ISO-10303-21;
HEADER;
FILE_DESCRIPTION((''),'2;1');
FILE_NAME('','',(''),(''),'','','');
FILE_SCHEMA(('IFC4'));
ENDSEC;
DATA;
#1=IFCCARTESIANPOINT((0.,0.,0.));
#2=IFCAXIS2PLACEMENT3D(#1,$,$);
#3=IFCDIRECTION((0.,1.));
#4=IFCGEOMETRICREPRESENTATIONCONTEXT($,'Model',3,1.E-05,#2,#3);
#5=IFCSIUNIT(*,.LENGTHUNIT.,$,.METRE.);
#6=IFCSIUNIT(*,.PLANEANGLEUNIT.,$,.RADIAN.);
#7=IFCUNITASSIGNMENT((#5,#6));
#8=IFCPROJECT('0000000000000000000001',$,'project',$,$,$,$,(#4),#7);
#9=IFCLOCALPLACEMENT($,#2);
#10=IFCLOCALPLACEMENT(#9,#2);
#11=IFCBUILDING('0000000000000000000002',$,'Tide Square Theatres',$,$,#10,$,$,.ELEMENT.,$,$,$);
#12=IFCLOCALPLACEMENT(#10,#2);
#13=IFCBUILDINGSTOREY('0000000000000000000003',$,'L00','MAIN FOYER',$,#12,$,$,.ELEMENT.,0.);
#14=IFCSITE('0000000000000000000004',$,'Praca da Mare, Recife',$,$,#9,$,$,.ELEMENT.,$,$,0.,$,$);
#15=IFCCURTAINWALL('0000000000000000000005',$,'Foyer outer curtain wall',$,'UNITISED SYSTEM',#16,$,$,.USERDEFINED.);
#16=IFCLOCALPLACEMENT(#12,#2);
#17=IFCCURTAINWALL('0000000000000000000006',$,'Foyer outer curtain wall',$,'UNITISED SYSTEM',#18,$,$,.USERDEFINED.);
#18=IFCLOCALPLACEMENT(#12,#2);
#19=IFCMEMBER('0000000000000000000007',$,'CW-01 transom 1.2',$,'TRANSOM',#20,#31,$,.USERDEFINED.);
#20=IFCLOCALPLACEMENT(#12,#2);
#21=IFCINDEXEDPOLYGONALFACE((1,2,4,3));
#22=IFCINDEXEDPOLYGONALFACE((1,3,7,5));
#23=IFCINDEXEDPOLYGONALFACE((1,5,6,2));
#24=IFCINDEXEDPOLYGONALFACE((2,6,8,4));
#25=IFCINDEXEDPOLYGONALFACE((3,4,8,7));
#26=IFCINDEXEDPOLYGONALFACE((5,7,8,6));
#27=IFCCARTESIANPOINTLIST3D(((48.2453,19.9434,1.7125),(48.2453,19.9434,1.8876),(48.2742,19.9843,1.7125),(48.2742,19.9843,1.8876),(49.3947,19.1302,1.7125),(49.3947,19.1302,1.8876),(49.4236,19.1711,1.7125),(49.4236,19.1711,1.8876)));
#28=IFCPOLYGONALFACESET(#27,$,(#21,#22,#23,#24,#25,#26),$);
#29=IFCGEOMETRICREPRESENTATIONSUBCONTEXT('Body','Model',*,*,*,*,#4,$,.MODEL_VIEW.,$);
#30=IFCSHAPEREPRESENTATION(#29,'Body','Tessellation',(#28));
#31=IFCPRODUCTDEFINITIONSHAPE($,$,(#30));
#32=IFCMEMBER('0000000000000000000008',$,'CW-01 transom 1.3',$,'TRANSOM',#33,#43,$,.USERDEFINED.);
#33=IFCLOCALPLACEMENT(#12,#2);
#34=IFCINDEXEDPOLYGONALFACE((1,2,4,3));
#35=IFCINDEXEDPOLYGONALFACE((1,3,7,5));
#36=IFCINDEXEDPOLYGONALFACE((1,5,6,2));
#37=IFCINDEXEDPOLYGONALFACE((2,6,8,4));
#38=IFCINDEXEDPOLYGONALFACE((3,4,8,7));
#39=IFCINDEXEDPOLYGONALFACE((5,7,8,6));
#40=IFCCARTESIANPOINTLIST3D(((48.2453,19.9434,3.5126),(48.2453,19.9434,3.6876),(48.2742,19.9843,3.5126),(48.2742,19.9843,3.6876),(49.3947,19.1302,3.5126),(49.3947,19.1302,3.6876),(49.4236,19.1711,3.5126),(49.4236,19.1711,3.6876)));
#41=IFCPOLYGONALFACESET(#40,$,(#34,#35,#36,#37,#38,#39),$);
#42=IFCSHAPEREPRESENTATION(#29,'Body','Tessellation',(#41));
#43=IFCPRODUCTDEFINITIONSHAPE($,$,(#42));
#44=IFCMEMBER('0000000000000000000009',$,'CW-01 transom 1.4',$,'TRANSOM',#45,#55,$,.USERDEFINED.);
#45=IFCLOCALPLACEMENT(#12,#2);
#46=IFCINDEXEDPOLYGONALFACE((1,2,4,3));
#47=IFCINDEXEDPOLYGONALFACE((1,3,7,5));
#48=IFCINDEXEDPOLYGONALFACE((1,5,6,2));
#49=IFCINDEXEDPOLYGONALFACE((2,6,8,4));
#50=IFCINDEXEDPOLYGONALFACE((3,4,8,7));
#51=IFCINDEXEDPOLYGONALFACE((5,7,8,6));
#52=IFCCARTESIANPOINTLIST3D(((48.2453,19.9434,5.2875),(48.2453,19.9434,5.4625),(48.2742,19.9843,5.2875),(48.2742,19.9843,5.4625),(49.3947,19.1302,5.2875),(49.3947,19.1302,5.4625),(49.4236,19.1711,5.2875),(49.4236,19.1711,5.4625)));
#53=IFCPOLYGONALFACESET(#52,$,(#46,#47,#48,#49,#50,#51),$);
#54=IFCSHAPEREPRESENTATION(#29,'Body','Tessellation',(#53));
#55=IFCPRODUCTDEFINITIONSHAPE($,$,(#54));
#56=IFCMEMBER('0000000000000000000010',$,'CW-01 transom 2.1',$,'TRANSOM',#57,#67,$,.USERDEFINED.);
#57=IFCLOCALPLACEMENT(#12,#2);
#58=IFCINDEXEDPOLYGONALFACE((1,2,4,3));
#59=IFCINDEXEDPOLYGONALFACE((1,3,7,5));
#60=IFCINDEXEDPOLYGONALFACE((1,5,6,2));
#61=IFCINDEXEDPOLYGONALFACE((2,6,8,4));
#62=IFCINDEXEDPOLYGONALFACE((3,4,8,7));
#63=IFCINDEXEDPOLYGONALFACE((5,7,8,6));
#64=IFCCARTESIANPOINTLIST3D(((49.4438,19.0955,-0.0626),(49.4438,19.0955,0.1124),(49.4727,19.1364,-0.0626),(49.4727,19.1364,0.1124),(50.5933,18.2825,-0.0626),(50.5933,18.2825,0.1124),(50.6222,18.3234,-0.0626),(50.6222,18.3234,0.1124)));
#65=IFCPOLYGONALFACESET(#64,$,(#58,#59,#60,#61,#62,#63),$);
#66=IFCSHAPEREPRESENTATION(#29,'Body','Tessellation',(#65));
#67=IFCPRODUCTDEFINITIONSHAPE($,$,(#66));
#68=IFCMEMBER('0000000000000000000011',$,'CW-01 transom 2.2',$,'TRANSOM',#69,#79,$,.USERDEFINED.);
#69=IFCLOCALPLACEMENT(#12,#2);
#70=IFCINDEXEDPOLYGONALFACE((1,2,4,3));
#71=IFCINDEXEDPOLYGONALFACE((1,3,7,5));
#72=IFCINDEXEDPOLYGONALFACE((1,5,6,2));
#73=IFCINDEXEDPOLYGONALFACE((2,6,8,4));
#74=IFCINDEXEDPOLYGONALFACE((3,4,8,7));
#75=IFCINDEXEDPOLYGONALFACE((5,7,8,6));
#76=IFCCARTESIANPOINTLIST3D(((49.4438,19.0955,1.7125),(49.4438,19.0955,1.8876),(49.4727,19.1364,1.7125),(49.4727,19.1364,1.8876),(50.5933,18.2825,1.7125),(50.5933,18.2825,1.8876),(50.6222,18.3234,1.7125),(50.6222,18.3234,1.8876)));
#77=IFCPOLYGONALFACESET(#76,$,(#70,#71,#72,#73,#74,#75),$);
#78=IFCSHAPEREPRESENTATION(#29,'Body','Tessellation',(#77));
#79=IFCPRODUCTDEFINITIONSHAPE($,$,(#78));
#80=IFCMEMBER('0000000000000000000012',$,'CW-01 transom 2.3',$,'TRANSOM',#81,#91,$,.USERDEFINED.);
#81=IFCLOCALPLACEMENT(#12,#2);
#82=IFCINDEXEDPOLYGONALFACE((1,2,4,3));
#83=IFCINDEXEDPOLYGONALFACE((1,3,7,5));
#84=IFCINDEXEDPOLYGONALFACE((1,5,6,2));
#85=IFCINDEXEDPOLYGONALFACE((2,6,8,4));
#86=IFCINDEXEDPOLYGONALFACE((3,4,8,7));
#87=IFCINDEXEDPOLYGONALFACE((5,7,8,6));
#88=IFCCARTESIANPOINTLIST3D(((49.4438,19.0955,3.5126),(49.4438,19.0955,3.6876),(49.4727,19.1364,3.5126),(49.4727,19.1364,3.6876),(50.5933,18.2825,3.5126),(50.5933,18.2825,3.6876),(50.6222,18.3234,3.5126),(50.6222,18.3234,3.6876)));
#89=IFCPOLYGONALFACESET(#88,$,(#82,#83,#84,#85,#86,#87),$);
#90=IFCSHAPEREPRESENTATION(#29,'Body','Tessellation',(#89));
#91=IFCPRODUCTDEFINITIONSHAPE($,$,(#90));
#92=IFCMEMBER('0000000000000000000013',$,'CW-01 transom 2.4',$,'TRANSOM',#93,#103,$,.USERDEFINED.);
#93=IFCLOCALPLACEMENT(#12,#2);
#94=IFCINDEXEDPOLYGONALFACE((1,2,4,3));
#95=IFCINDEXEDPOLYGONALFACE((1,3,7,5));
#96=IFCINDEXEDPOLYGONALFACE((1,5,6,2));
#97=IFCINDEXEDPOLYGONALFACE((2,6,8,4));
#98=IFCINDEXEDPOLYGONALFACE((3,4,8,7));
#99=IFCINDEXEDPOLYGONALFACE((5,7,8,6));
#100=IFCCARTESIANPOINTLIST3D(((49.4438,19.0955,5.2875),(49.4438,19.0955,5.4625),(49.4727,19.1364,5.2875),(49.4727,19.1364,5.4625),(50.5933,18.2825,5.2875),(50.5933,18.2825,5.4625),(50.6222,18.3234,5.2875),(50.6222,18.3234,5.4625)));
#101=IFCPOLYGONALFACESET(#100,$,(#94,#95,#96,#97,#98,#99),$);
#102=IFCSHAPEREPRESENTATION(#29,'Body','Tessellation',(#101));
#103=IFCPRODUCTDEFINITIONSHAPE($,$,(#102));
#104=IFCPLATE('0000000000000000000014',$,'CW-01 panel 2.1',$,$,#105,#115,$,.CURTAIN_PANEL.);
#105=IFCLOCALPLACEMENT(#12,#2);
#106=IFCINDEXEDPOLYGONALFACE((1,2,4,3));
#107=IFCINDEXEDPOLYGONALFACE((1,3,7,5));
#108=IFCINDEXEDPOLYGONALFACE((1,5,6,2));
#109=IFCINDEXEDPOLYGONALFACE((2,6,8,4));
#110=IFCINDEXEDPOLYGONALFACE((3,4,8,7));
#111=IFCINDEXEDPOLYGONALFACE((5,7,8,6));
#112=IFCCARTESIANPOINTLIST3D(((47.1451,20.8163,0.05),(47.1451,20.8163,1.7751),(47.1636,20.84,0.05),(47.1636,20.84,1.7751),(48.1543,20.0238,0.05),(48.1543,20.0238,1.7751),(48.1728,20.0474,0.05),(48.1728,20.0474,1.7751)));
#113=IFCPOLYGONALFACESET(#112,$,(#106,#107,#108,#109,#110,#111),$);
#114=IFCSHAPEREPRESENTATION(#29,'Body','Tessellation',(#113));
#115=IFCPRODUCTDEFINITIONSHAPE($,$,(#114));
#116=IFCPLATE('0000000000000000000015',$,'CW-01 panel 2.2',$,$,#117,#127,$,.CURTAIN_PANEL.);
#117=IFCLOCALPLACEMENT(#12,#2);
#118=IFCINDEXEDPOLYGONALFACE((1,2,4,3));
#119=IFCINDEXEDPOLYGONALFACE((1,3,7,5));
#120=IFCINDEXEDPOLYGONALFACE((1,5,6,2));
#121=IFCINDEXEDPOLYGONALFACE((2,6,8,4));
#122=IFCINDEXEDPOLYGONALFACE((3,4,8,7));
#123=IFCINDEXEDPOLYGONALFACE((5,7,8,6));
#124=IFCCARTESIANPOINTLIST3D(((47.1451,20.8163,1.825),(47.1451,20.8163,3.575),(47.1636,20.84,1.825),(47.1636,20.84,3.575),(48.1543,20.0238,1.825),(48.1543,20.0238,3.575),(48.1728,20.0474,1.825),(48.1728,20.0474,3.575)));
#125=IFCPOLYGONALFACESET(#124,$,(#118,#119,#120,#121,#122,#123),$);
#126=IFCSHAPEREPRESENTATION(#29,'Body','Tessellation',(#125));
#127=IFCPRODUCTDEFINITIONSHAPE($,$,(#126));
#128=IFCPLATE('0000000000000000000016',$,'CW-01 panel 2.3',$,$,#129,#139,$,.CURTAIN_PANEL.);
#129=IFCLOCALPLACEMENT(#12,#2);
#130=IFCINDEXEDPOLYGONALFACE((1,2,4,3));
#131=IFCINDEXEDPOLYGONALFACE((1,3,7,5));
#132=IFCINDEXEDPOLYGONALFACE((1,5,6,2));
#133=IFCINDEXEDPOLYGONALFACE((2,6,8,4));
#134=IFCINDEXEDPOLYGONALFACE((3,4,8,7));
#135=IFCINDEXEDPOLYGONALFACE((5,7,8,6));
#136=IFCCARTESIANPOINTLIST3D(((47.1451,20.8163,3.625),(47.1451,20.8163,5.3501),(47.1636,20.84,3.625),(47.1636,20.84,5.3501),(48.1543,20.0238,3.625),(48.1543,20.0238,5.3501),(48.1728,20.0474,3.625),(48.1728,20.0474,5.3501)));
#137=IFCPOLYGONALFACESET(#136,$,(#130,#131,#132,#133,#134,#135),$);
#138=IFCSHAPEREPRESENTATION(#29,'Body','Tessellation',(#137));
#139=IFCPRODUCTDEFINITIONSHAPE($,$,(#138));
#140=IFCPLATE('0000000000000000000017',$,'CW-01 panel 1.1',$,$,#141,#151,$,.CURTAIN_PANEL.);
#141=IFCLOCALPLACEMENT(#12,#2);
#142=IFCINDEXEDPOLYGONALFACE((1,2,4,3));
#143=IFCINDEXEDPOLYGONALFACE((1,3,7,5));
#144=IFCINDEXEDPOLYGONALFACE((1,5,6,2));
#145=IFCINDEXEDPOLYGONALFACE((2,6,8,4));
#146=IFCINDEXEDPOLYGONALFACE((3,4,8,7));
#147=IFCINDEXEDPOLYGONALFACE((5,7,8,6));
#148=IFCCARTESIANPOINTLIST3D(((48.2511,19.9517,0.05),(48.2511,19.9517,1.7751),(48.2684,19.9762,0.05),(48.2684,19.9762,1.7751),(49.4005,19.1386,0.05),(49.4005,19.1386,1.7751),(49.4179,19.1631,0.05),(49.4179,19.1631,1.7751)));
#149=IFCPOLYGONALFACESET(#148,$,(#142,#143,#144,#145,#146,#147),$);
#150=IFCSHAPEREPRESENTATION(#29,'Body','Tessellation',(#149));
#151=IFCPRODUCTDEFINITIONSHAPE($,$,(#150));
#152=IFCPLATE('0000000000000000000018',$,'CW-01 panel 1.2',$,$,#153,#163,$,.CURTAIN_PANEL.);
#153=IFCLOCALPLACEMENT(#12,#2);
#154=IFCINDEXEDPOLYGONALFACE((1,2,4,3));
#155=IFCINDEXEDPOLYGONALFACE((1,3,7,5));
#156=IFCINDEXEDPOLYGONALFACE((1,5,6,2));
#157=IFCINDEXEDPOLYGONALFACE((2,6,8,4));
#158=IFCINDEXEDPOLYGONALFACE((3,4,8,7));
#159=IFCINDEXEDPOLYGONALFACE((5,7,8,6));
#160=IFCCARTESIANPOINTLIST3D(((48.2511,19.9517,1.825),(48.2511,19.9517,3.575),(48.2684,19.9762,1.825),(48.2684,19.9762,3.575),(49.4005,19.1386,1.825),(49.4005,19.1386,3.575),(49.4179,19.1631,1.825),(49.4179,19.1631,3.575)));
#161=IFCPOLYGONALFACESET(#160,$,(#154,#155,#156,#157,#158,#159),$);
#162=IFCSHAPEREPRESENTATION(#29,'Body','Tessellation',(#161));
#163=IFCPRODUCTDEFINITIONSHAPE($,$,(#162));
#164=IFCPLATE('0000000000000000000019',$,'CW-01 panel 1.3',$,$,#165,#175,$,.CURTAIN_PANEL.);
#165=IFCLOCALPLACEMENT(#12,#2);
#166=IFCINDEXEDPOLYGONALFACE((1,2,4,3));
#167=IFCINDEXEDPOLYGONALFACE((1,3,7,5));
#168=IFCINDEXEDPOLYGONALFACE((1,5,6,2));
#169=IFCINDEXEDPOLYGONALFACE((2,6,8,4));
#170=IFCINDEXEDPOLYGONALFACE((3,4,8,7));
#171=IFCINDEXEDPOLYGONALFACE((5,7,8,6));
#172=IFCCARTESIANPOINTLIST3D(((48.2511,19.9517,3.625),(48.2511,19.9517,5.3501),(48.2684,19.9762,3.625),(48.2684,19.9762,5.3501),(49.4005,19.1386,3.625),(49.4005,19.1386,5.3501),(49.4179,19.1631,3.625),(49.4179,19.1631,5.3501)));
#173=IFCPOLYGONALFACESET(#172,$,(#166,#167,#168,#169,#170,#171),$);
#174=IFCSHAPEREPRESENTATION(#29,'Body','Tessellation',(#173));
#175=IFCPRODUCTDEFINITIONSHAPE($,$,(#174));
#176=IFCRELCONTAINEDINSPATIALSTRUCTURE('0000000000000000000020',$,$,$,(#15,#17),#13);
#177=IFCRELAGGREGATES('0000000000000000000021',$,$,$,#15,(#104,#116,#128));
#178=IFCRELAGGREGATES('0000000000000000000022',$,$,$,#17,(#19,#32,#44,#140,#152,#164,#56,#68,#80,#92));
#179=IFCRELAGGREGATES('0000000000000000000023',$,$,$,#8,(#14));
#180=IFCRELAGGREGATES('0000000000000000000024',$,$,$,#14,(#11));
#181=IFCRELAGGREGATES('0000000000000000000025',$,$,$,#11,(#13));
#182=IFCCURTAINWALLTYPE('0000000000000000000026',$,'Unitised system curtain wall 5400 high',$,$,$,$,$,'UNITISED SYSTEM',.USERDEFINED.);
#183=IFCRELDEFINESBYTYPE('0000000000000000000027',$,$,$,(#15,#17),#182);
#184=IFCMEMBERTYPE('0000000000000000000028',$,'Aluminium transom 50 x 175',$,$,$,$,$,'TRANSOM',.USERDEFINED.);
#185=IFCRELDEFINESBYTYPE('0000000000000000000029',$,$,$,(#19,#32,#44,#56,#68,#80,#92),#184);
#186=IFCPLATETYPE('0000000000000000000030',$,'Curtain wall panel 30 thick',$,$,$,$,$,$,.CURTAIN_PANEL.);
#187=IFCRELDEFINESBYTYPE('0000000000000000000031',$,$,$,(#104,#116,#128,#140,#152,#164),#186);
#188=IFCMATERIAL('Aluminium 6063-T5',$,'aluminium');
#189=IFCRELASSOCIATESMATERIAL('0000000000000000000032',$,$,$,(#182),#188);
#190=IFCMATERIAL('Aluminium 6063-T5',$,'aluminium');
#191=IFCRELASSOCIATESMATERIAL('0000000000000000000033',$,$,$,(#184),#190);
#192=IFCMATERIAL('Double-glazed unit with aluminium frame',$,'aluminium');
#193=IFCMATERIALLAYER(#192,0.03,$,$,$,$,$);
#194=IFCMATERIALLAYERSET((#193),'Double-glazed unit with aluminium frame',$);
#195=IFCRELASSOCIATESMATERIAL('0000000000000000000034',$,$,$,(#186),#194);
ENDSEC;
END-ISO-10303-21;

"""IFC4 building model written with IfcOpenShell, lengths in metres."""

from ifc_helpers import new_model, si_unit, direction, frame, origin, origin_2d, place, context, subcontext, project, spatial, rectangle, extrude, material, layer, layer_set, material_profile, profile_set, type_object, element, aggregate, save


model = new_model("IFC4")

# Units and contexts
model_context = context("Model", 3, precision=1e-05, world=origin(), true_north=direction((0.0, 1.0)))
body_context = subcontext(model_context, "Body", "Model", "MODEL_VIEW")
ifc_project = project(units=[si_unit("LENGTHUNIT", "METRE"), si_unit("PLANEANGLEUNIT", "RADIAN")], contexts=[model_context])

# Site, building, storey
site_placement = place(None, origin())
site = spatial("IfcSite", under=ifc_project, at=site_placement, Name="Praca da Mare, Recife", CompositionType="ELEMENT", RefElevation=0.0)
building_placement = place(site_placement, origin())
building = spatial("IfcBuilding", under=site, at=building_placement, Name="Tide Square Theatres", CompositionType="ELEMENT")
storey_placement = place(building_placement, origin())
storey = spatial("IfcBuildingStorey", under=building, at=storey_placement, Name="L00", Description="MAIN FOYER", CompositionType="ELEMENT", Elevation=0.0)

# Curtain walls
ifc_material_1 = material(Name="Aluminium 6063-T5", Category="aluminium")
curtain_wall_type = type_object("IfcCurtainWallType", Name="Unitised system curtain wall 5400 high", ElementType="UNITISED SYSTEM", PredefinedType="USERDEFINED", material=ifc_material_1)
curtain_wall_1_placement = place(storey_placement, origin())
curtain_wall_1 = element("IfcCurtainWall", 1, at=curtain_wall_1_placement, inside=storey, type_object=curtain_wall_type, Name="Foyer outer curtain wall", ObjectType="UNITISED SYSTEM", PredefinedType="USERDEFINED")
curtain_wall_2_placement = place(storey_placement, origin())
curtain_wall_2 = element("IfcCurtainWall", 2, at=curtain_wall_2_placement, inside=storey, type_object=curtain_wall_type, Name="Foyer outer curtain wall", ObjectType="UNITISED SYSTEM", PredefinedType="USERDEFINED")

# Members
ifc_material_2 = material(Name="Aluminium 6063-T5", Category="aluminium")
ifc_material_profile_1 = material_profile(ifc_material_2, rectangle(XDim=0.05, YDim=0.175, at=origin_2d()))
ifc_profile_set_1 = profile_set([ifc_material_profile_1], Name="Aluminium 6063-T5")
member_type_1 = type_object("IfcMemberType", Name="Aluminium transom 50 x 175", ElementType="TRANSOM", PredefinedType="USERDEFINED", material=ifc_profile_set_1)
member_1_placement = place(storey_placement, frame((48.2598, 19.9639, 1.8), z_axis=(0.816338, -0.577575, 0.0), x_axis=(0.577575, 0.816338, 0.0)))
member_1 = element("IfcMember", 3, at=member_1_placement, type_object=member_type_1, Name="CW-01 transom 1.2", ObjectType="TRANSOM", PredefinedType="USERDEFINED", context=body_context, shape_type="SweptSolid", body=[
    extrude(rectangle(XDim=0.05, YDim=0.175, at=origin_2d()), origin(), (0.0, 0.0, 1.0), 1.408),
])
member_2_placement = place(storey_placement, frame((48.2598, 19.9639, 3.6001), z_axis=(0.816338, -0.577575, 0.0), x_axis=(0.577575, 0.816338, 0.0)))
member_2 = element("IfcMember", 4, at=member_2_placement, type_object=member_type_1, Name="CW-01 transom 1.3", ObjectType="TRANSOM", PredefinedType="USERDEFINED", context=body_context, shape_type="SweptSolid", body=[
    extrude(rectangle(XDim=0.05, YDim=0.175, at=origin_2d()), origin(), (0.0, 0.0, 1.0), 1.408),
])
member_3_placement = place(storey_placement, frame((48.2598, 19.9639, 5.375), z_axis=(0.816338, -0.577575, 0.0), x_axis=(0.577575, 0.816338, 0.0)))
member_3 = element("IfcMember", 5, at=member_3_placement, type_object=member_type_1, Name="CW-01 transom 1.4", ObjectType="TRANSOM", PredefinedType="USERDEFINED", context=body_context, shape_type="SweptSolid", body=[
    extrude(rectangle(XDim=0.05, YDim=0.175, at=origin_2d()), origin(), (0.0, 0.0, 1.0), 1.408),
])
member_4_placement = place(storey_placement, frame((49.4583, 19.116, 0.0249), z_axis=(0.81642, -0.577459, 0.0), x_axis=(0.577459, 0.81642, 0.0)))
member_4 = element("IfcMember", 6, at=member_4_placement, type_object=member_type_1, Name="CW-01 transom 2.1", ObjectType="TRANSOM", PredefinedType="USERDEFINED", context=body_context, shape_type="SweptSolid", body=[
    extrude(rectangle(XDim=0.05, YDim=0.175, at=origin_2d()), origin(), (0.0, 0.0, 1.0), 1.408),
])
member_5_placement = place(storey_placement, frame((49.4583, 19.116, 1.8), z_axis=(0.81642, -0.577459, 0.0), x_axis=(0.577459, 0.81642, 0.0)))
member_5 = element("IfcMember", 7, at=member_5_placement, type_object=member_type_1, Name="CW-01 transom 2.2", ObjectType="TRANSOM", PredefinedType="USERDEFINED", context=body_context, shape_type="SweptSolid", body=[
    extrude(rectangle(XDim=0.05, YDim=0.175, at=origin_2d()), origin(), (0.0, 0.0, 1.0), 1.408),
])
member_6_placement = place(storey_placement, frame((49.4583, 19.116, 3.6001), z_axis=(0.81642, -0.577459, 0.0), x_axis=(0.577459, 0.81642, 0.0)))
member_6 = element("IfcMember", 8, at=member_6_placement, type_object=member_type_1, Name="CW-01 transom 2.3", ObjectType="TRANSOM", PredefinedType="USERDEFINED", context=body_context, shape_type="SweptSolid", body=[
    extrude(rectangle(XDim=0.05, YDim=0.175, at=origin_2d()), origin(), (0.0, 0.0, 1.0), 1.408),
])
member_7_placement = place(storey_placement, frame((49.4583, 19.116, 5.375), z_axis=(0.81642, -0.577459, 0.0), x_axis=(0.577459, 0.81642, 0.0)))
member_7 = element("IfcMember", 9, at=member_7_placement, type_object=member_type_1, Name="CW-01 transom 2.4", ObjectType="TRANSOM", PredefinedType="USERDEFINED", context=body_context, shape_type="SweptSolid", body=[
    extrude(rectangle(XDim=0.05, YDim=0.175, at=origin_2d()), origin(), (0.0, 0.0, 1.0), 1.408),
])

# Plates
ifc_material_3 = material(Name="Double-glazed unit with aluminium frame", Category="aluminium")
ifc_layer_1 = layer(ifc_material_3, 0.03)
ifc_layer_set_1 = layer_set([ifc_layer_1], Name="Double-glazed unit with aluminium frame")
plate_type = type_object("IfcPlateType", Name="Curtain wall panel 30 thick", PredefinedType="CURTAIN_PANEL", material=ifc_layer_set_1)
plate_1_placement = place(storey_placement, frame((47.6589, 20.4319, 0.05), z_axis=(0.0, 0.0, 1.0), x_axis=(0.786485, -0.617609, 0.0)))
plate_1 = element("IfcPlate", 10, at=plate_1_placement, type_object=plate_type, Name="CW-01 panel 2.1", PredefinedType="CURTAIN_PANEL", context=body_context, shape_type="SweptSolid", body=[
    extrude(rectangle(XDim=1.2832, YDim=0.03, at=origin_2d()), origin(), (0.0, 0.0, 1.0), 1.7251),
])
plate_2_placement = place(storey_placement, frame((47.6589, 20.4319, 1.825), z_axis=(0.0, 0.0, 1.0), x_axis=(0.786485, -0.617609, 0.0)))
plate_2 = element("IfcPlate", 11, at=plate_2_placement, type_object=plate_type, Name="CW-01 panel 2.2", PredefinedType="CURTAIN_PANEL", context=body_context, shape_type="SweptSolid", body=[
    extrude(rectangle(XDim=1.2832, YDim=0.03, at=origin_2d()), origin(), (0.0, 0.0, 1.0), 1.75),
])
plate_3_placement = place(storey_placement, frame((47.6589, 20.4319, 3.625), z_axis=(0.0, 0.0, 1.0), x_axis=(0.786485, -0.617609, 0.0)))
plate_3 = element("IfcPlate", 12, at=plate_3_placement, type_object=plate_type, Name="CW-01 panel 2.3", PredefinedType="CURTAIN_PANEL", context=body_context, shape_type="SweptSolid", body=[
    extrude(rectangle(XDim=1.2832, YDim=0.03, at=origin_2d()), origin(), (0.0, 0.0, 1.0), 1.7251),
])
aggregate(curtain_wall_1, [plate_1, plate_2, plate_3])
plate_4_placement = place(storey_placement, frame((48.8345, 19.5574, 0.05), z_axis=(0.0, 0.0, 1.0), x_axis=(0.816388, -0.577503, 0.0)))
plate_4 = element("IfcPlate", 13, at=plate_4_placement, type_object=plate_type, Name="CW-01 panel 1.1", PredefinedType="CURTAIN_PANEL", context=body_context, shape_type="SweptSolid", body=[
    extrude(rectangle(XDim=1.408, YDim=0.03, at=origin_2d()), origin(), (0.0, 0.0, 1.0), 1.7251),
])
plate_5_placement = place(storey_placement, frame((48.8345, 19.5574, 1.825), z_axis=(0.0, 0.0, 1.0), x_axis=(0.816388, -0.577503, 0.0)))
plate_5 = element("IfcPlate", 14, at=plate_5_placement, type_object=plate_type, Name="CW-01 panel 1.2", PredefinedType="CURTAIN_PANEL", context=body_context, shape_type="SweptSolid", body=[
    extrude(rectangle(XDim=1.408, YDim=0.03, at=origin_2d()), origin(), (0.0, 0.0, 1.0), 1.75),
])
plate_6_placement = place(storey_placement, frame((48.8345, 19.5574, 3.625), z_axis=(0.0, 0.0, 1.0), x_axis=(0.816388, -0.577503, 0.0)))
plate_6 = element("IfcPlate", 15, at=plate_6_placement, type_object=plate_type, Name="CW-01 panel 1.3", PredefinedType="CURTAIN_PANEL", context=body_context, shape_type="SweptSolid", body=[
    extrude(rectangle(XDim=1.408, YDim=0.03, at=origin_2d()), origin(), (0.0, 0.0, 1.0), 1.7251),
])
aggregate(curtain_wall_2, [member_1, member_2, member_3, plate_4, plate_5, plate_6, member_4, member_5, member_6, member_7])

save(model, "model.ifc")
